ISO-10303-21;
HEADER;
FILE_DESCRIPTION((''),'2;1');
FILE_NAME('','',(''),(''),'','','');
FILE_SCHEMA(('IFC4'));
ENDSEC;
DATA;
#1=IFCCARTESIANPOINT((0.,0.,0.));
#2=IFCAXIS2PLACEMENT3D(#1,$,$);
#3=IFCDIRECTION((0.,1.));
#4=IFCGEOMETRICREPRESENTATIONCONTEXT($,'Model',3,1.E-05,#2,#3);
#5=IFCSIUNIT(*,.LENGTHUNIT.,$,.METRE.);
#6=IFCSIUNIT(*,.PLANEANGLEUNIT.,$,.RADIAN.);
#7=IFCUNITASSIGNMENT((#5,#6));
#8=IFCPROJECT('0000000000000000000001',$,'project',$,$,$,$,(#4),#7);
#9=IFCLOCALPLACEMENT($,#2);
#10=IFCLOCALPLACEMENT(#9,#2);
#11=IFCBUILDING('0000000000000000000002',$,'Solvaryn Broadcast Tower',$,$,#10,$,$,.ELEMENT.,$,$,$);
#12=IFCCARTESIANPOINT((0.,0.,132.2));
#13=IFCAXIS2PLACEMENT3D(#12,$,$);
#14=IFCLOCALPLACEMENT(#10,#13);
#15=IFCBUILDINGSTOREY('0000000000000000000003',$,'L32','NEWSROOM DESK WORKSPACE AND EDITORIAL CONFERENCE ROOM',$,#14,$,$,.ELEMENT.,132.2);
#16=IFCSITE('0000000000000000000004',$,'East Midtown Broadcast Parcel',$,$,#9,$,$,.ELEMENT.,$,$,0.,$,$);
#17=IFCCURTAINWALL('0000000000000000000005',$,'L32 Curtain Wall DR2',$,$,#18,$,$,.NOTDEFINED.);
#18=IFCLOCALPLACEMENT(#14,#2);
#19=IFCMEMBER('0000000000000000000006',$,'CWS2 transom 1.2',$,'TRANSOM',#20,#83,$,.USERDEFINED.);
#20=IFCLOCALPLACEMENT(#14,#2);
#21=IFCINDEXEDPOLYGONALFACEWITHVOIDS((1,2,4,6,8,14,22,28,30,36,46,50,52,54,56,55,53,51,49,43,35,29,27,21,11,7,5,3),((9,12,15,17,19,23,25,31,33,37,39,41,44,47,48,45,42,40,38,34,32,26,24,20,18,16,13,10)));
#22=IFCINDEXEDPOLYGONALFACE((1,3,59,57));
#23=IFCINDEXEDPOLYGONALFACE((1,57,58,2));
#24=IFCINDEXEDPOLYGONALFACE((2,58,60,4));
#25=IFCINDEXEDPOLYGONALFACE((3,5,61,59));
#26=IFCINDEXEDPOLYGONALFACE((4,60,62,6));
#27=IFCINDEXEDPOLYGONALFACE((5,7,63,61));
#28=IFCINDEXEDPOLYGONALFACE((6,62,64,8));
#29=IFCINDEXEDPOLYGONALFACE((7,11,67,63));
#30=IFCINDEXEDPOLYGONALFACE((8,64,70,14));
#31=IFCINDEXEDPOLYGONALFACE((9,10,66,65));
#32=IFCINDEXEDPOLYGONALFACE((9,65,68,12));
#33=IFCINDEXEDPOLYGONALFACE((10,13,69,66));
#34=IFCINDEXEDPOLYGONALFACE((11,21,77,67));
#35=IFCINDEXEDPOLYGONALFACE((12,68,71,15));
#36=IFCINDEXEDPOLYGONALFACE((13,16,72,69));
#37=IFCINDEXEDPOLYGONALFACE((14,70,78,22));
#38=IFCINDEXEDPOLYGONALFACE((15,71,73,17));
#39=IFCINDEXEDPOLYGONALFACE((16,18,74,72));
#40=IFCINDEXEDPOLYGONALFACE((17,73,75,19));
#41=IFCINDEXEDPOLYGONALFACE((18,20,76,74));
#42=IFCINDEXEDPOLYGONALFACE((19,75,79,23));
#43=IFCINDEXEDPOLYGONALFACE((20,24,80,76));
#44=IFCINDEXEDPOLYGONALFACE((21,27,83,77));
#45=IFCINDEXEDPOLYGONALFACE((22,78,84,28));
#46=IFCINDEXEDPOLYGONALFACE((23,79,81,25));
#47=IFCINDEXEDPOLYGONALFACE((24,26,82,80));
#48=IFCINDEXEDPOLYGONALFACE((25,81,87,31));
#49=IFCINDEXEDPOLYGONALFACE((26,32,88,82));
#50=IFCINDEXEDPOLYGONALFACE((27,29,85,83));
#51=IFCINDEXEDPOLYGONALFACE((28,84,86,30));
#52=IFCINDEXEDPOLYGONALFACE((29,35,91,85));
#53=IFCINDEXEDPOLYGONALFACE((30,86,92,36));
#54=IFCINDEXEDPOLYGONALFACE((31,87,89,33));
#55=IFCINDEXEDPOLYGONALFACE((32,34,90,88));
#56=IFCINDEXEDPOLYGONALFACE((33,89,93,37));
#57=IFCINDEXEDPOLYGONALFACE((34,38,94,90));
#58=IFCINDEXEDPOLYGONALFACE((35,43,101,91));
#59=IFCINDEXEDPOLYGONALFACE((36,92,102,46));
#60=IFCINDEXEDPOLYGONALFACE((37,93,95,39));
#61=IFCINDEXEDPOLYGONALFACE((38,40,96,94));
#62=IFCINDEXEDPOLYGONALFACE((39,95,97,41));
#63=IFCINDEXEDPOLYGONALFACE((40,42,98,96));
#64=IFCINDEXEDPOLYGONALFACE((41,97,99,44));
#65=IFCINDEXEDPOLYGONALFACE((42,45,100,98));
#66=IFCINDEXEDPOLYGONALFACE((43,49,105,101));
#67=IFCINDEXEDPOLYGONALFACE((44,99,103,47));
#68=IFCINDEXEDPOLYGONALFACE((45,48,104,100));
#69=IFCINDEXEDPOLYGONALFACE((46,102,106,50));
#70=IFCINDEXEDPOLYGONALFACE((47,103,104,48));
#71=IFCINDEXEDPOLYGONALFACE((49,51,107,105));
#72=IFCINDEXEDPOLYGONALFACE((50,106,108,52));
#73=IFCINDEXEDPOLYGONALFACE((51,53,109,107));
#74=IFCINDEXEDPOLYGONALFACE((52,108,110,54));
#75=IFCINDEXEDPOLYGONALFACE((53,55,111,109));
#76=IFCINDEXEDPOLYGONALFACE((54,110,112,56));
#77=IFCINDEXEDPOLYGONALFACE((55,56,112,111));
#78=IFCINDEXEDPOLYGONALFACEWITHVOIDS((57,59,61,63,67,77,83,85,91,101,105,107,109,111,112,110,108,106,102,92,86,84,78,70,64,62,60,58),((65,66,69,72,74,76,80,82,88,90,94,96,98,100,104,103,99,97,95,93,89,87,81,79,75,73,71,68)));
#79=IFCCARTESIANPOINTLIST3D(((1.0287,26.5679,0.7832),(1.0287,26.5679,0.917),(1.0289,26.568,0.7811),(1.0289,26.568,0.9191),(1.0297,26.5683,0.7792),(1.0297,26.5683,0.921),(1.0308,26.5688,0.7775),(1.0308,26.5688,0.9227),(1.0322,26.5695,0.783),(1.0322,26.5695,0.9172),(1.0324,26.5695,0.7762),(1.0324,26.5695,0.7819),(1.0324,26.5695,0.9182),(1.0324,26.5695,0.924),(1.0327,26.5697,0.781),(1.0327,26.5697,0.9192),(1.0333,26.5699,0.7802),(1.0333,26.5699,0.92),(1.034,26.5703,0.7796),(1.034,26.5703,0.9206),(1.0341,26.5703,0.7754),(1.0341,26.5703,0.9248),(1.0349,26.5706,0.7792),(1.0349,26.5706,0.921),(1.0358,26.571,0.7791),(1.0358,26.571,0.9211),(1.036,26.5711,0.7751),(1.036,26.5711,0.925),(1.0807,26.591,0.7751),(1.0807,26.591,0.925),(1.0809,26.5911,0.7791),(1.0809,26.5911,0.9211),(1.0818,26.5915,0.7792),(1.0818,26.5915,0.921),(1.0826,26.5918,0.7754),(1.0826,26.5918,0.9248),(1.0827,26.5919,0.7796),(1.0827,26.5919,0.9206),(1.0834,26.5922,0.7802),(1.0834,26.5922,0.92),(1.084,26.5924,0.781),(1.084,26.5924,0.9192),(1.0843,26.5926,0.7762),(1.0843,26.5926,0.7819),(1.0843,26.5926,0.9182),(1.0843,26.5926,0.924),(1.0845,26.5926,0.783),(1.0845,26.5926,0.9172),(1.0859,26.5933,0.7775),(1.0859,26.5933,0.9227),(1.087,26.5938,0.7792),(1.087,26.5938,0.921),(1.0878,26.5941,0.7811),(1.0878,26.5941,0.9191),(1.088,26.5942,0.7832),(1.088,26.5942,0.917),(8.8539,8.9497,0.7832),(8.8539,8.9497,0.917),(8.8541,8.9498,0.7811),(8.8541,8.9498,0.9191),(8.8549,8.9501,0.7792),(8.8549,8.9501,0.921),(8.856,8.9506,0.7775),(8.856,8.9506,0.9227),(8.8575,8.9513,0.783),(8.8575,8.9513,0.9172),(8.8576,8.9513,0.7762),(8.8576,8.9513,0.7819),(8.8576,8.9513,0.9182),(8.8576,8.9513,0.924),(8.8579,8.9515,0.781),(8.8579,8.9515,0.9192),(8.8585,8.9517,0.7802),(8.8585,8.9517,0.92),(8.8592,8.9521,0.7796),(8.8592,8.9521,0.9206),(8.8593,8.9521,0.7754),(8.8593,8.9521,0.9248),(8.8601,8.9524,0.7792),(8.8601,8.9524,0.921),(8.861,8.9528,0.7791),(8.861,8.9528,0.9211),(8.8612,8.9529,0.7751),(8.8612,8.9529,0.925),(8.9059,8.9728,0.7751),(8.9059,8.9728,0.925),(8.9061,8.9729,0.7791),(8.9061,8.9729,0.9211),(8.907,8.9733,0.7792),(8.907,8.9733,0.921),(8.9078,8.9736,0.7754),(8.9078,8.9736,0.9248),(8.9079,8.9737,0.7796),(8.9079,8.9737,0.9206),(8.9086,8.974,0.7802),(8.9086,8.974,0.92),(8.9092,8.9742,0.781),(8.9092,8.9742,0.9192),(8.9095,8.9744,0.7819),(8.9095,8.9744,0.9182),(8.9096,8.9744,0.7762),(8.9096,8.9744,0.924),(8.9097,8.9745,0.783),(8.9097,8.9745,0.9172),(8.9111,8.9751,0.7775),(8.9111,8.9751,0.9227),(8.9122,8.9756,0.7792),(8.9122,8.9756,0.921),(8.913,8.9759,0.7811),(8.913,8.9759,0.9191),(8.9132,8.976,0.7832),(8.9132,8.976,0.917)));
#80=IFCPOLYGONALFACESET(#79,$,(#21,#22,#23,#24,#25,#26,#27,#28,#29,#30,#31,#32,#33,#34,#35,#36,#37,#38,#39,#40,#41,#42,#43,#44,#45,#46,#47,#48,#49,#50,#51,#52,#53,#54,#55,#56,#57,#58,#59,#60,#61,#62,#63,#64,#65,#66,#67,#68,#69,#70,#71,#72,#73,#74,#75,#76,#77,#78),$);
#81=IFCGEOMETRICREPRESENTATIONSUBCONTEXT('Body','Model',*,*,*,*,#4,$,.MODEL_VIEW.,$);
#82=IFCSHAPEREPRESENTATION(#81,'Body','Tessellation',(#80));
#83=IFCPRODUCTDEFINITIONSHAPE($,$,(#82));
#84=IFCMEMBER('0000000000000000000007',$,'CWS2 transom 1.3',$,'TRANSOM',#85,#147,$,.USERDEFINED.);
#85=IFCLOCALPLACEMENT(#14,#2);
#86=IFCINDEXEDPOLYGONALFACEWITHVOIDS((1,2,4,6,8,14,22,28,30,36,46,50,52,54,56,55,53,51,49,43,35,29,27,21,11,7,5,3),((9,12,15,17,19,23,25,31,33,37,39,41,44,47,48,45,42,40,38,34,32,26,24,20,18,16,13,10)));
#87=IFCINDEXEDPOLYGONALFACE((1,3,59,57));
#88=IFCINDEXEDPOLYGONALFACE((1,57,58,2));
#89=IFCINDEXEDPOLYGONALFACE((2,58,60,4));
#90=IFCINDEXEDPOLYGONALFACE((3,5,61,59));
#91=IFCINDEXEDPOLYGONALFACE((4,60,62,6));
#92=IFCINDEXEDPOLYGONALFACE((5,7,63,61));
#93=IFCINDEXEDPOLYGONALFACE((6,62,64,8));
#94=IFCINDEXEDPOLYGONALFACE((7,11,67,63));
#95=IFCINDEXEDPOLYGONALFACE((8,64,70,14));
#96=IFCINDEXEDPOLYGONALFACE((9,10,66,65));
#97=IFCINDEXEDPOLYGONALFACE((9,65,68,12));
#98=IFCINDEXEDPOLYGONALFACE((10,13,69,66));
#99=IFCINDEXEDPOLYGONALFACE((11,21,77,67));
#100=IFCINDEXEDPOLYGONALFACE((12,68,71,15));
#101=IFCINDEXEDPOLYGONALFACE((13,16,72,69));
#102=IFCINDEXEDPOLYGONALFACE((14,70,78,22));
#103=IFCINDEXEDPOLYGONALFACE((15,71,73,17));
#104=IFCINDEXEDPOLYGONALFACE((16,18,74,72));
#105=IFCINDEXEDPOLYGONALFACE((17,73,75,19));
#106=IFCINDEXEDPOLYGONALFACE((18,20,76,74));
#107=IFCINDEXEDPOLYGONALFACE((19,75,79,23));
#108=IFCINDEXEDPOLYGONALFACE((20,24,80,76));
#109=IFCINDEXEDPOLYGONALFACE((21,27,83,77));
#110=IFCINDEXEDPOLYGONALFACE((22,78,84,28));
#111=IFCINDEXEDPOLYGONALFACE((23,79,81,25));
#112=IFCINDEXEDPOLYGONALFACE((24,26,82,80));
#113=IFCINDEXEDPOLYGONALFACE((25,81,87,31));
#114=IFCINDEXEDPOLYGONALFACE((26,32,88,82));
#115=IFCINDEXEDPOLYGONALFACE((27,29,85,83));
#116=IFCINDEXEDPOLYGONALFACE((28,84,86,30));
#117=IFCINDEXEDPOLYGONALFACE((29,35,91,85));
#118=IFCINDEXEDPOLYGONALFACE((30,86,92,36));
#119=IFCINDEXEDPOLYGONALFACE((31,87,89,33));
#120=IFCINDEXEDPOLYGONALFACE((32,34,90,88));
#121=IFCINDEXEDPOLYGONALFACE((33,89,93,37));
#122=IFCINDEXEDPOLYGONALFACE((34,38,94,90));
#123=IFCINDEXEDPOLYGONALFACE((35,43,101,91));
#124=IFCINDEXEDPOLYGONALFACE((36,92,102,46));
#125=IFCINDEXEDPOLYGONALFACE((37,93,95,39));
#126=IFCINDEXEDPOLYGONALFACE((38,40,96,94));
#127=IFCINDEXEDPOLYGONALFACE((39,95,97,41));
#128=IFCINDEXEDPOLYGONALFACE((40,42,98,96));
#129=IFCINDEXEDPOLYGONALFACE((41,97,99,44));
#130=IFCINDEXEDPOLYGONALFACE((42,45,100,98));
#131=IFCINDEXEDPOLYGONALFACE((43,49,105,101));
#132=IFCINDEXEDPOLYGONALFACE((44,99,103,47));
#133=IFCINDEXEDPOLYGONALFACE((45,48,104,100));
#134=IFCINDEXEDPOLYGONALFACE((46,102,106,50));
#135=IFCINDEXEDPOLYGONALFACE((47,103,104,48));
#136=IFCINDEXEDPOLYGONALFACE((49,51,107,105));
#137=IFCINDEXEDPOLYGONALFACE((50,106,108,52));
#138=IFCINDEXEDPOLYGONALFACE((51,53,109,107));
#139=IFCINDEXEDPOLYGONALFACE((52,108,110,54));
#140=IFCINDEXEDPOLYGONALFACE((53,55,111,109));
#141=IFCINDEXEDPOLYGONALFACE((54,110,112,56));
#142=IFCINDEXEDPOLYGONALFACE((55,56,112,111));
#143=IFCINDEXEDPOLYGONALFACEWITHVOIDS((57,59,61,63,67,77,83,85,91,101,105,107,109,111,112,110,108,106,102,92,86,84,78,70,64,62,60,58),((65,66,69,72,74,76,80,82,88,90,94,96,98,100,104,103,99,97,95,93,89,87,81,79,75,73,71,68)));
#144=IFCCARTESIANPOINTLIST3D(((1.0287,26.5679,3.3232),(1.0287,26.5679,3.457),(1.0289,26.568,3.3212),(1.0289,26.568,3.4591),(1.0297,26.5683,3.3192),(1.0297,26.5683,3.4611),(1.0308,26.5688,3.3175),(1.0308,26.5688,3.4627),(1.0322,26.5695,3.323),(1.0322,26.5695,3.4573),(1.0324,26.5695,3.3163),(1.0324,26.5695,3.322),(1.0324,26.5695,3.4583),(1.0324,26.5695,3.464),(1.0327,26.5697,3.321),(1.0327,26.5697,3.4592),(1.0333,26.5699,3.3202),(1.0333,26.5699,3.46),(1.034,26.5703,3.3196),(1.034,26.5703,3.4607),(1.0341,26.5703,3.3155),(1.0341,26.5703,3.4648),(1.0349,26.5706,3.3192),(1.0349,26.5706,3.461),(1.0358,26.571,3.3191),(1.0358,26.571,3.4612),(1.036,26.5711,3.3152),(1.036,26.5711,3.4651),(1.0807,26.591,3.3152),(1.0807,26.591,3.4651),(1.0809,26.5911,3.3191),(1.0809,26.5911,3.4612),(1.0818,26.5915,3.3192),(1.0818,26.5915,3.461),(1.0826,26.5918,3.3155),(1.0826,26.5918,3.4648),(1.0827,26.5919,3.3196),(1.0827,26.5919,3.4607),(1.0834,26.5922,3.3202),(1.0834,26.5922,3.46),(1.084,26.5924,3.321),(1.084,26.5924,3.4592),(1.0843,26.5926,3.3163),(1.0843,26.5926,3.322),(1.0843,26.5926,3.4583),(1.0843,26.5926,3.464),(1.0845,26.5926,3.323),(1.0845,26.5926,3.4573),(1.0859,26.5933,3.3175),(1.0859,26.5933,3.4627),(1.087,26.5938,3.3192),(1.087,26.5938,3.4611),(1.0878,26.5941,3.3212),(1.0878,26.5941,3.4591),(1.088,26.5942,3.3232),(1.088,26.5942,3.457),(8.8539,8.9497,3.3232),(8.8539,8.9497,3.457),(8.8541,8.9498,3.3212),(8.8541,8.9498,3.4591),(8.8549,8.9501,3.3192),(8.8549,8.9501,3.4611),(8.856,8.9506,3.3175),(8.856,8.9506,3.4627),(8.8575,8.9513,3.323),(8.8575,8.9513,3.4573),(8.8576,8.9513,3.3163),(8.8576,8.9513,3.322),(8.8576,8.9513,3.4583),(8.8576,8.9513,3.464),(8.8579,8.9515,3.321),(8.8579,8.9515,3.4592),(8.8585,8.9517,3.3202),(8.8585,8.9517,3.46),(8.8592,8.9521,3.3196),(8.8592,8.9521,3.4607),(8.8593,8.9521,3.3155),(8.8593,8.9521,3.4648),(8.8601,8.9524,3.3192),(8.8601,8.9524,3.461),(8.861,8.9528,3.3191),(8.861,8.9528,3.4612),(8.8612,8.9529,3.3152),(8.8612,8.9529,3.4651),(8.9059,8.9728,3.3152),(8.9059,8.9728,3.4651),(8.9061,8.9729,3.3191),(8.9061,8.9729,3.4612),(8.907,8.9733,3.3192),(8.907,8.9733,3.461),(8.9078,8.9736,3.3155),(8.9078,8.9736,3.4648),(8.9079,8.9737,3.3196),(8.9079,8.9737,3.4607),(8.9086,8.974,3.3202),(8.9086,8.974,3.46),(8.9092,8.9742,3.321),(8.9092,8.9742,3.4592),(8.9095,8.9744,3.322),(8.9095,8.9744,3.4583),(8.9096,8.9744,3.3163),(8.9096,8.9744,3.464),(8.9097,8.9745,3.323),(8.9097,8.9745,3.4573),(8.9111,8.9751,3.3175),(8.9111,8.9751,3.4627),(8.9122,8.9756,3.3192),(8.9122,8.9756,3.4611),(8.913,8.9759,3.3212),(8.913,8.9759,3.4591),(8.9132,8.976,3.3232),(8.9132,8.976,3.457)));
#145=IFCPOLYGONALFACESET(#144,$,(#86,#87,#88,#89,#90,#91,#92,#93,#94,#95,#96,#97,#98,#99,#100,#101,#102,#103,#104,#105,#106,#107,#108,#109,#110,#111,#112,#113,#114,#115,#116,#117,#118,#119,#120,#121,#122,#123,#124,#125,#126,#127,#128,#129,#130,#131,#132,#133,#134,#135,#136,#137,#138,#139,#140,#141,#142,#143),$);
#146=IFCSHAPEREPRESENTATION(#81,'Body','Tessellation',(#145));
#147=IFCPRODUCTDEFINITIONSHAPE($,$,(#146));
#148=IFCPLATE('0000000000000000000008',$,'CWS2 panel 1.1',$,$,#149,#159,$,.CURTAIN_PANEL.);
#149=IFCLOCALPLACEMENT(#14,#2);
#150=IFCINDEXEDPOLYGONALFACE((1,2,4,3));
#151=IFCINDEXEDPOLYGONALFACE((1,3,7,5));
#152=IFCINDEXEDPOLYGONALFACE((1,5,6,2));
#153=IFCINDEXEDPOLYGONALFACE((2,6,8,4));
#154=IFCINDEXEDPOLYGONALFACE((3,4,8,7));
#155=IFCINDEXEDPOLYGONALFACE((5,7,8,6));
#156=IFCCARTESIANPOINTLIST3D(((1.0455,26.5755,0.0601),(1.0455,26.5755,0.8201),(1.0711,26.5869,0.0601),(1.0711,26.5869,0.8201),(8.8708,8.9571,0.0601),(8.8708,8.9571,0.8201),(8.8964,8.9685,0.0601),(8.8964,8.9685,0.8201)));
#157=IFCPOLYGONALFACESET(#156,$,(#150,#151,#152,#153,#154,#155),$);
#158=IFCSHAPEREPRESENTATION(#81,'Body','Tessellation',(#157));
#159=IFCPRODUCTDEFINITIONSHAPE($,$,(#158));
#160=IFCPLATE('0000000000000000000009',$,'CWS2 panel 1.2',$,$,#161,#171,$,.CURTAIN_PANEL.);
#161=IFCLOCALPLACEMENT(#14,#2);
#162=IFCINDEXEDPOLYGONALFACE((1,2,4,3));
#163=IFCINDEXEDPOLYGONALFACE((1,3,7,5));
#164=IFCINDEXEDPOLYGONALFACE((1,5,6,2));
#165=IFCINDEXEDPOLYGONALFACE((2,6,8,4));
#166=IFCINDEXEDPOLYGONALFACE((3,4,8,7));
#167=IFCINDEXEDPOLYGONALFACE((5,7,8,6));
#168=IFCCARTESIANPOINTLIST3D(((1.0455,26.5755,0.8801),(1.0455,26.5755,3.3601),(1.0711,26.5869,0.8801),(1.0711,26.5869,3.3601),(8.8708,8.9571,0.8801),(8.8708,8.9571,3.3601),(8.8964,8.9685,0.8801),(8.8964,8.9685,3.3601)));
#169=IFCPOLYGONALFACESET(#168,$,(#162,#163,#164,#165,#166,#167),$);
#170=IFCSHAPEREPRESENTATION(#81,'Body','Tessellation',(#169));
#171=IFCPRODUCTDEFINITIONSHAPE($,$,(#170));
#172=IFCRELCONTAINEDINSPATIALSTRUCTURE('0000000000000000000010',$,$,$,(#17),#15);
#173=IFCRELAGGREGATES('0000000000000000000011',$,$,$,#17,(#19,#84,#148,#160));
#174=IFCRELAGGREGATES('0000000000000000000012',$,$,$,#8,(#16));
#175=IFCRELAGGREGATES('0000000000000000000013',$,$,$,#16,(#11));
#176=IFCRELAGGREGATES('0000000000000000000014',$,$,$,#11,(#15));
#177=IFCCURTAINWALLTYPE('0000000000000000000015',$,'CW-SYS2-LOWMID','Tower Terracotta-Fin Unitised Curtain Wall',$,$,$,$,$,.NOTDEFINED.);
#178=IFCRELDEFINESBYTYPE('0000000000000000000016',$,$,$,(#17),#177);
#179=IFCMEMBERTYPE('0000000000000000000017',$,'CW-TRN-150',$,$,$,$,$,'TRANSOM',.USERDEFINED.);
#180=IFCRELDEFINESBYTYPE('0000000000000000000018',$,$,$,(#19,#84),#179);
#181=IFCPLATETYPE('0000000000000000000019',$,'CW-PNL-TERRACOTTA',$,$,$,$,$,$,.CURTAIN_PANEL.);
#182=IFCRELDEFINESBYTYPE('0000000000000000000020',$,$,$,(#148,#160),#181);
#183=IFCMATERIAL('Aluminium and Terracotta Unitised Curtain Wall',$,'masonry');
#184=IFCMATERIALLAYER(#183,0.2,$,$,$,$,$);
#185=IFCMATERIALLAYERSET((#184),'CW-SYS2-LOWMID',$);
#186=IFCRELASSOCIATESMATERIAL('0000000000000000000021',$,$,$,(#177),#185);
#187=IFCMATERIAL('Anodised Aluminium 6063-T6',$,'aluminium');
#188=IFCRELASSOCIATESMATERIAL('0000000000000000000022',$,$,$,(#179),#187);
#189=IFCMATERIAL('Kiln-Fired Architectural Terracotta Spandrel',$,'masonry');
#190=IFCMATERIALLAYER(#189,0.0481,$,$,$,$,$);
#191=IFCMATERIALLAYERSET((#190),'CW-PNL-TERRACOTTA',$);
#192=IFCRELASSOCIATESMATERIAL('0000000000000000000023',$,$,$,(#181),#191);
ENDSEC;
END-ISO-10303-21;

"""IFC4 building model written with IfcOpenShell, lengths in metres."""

from ifc_helpers import new_model, si_unit, direction, frame, origin, origin_2d, place, context, subcontext, project, spatial, rectangle, hollow_rectangle, extrude, material, layer, layer_set, material_profile, profile_set, type_object, element, aggregate, save


model = new_model("IFC4")

# Units and contexts
model_context = context("Model", 3, precision=1e-05, world=origin(), true_north=direction((0.0, 1.0)))
body_context = subcontext(model_context, "Body", "Model", "MODEL_VIEW")
ifc_project = project(units=[si_unit("LENGTHUNIT", "METRE"), si_unit("PLANEANGLEUNIT", "RADIAN")], contexts=[model_context])

# Site, building, storey
site_placement = place(None, origin())
site = spatial("IfcSite", under=ifc_project, at=site_placement, Name="East Midtown Broadcast Parcel", CompositionType="ELEMENT", RefElevation=0.0)
building_placement = place(site_placement, origin())
building = spatial("IfcBuilding", under=site, at=building_placement, Name="Solvaryn Broadcast Tower", CompositionType="ELEMENT")
storey_placement = place(building_placement, frame((0.0, 0.0, 132.2)))
storey = spatial("IfcBuildingStorey", under=building, at=storey_placement, Name="L32", Description="NEWSROOM DESK WORKSPACE AND EDITORIAL CONFERENCE ROOM", CompositionType="ELEMENT", Elevation=132.2)

# Shared definitions
ifc_material_1 = material(Name="Aluminium and Terracotta Unitised Curtain Wall", Category="masonry")
ifc_layer_1 = layer(ifc_material_1, 0.2)
ifc_layer_set_1 = layer_set([ifc_layer_1], Name="CW-SYS2-LOWMID")
curtain_wall_type = type_object("IfcCurtainWallType", Name="CW-SYS2-LOWMID", Description="Tower Terracotta-Fin Unitised Curtain Wall", PredefinedType="NOTDEFINED", material=ifc_layer_set_1)

# Curtain wall, members, plates
curtain_wall_1_placement = place(storey_placement, origin())
curtain_wall_1 = element("IfcCurtainWall", 1, at=curtain_wall_1_placement, inside=storey, type_object=curtain_wall_type, Name="L32 Curtain Wall DR2", PredefinedType="NOTDEFINED")
ifc_material_2 = material(Name="Anodised Aluminium 6063-T6", Category="aluminium")
ifc_material_profile_1 = material_profile(ifc_material_2, hollow_rectangle(XDim=0.0649, YDim=0.1499, WallThickness=0.0039, InnerFilletRadius=0.0039, OuterFilletRadius=0.0081, at=origin_2d()))
ifc_profile_set_1 = profile_set([ifc_material_profile_1], Name="Anodised Aluminium 6063-T6")
member_type_1 = type_object("IfcMemberType", Name="CW-TRN-150", ElementType="TRANSOM", PredefinedType="USERDEFINED", material=ifc_profile_set_1)
member_1_placement = place(storey_placement, frame((1.0583, 26.5811, 0.8501), z_axis=(0.405918, -0.91391, 0.0), x_axis=(0.91391, 0.405918, 0.0)))
member_1 = element("IfcMember", 2, at=member_1_placement, type_object=member_type_1, Name="CWS2 transom 1.2", ObjectType="TRANSOM", PredefinedType="USERDEFINED", context=body_context, shape_type="SweptSolid", body=[
    extrude(hollow_rectangle(XDim=0.0649, YDim=0.1499, WallThickness=0.0039, InnerFilletRadius=0.0039, OuterFilletRadius=0.0081, at=origin_2d()), origin(), (0.0, 0.0, 1.0), 19.2778),
])
member_2_placement = place(storey_placement, frame((1.0583, 26.5811, 3.3901), z_axis=(0.405918, -0.91391, 0.0), x_axis=(0.91391, 0.405918, 0.0)))
member_2 = element("IfcMember", 3, at=member_2_placement, type_object=member_type_1, Name="CWS2 transom 1.3", ObjectType="TRANSOM", PredefinedType="USERDEFINED", context=body_context, shape_type="SweptSolid", body=[
    extrude(hollow_rectangle(XDim=0.0649, YDim=0.1499, WallThickness=0.0039, InnerFilletRadius=0.0039, OuterFilletRadius=0.0081, at=origin_2d()), origin(), (0.0, 0.0, 1.0), 19.2778),
])
ifc_material_3 = material(Name="Kiln-Fired Architectural Terracotta Spandrel", Category="masonry")
ifc_layer_2 = layer(ifc_material_3, 0.0481)
ifc_layer_set_2 = layer_set([ifc_layer_2], Name="CW-PNL-TERRACOTTA")
plate_type = type_object("IfcPlateType", Name="CW-PNL-TERRACOTTA", PredefinedType="CURTAIN_PANEL", material=ifc_layer_set_2)
plate_1_placement = place(storey_placement, frame((4.9709, 17.772, 0.0601), z_axis=(0.0, 0.0, 1.0), x_axis=(0.405918, -0.913909, 0.0)))
plate_1 = element("IfcPlate", 4, at=plate_1_placement, type_object=plate_type, Name="CWS2 panel 1.1", PredefinedType="CURTAIN_PANEL", context=body_context, shape_type="SweptSolid", body=[
    extrude(rectangle(XDim=19.2781, YDim=0.0281, at=origin_2d()), origin(), (0.0, 0.0, 1.0), 0.76),
])
plate_2_placement = place(storey_placement, frame((4.9709, 17.772, 0.8801), z_axis=(0.0, 0.0, 1.0), x_axis=(0.405918, -0.913909, 0.0)))
plate_2 = element("IfcPlate", 5, at=plate_2_placement, type_object=plate_type, Name="CWS2 panel 1.2", PredefinedType="CURTAIN_PANEL", context=body_context, shape_type="SweptSolid", body=[
    extrude(rectangle(XDim=19.2781, YDim=0.0281, at=origin_2d()), origin(), (0.0, 0.0, 1.0), 2.48),
])
aggregate(curtain_wall_1, [member_1, member_2, plate_1, plate_2])

save(model, "model.ifc")
